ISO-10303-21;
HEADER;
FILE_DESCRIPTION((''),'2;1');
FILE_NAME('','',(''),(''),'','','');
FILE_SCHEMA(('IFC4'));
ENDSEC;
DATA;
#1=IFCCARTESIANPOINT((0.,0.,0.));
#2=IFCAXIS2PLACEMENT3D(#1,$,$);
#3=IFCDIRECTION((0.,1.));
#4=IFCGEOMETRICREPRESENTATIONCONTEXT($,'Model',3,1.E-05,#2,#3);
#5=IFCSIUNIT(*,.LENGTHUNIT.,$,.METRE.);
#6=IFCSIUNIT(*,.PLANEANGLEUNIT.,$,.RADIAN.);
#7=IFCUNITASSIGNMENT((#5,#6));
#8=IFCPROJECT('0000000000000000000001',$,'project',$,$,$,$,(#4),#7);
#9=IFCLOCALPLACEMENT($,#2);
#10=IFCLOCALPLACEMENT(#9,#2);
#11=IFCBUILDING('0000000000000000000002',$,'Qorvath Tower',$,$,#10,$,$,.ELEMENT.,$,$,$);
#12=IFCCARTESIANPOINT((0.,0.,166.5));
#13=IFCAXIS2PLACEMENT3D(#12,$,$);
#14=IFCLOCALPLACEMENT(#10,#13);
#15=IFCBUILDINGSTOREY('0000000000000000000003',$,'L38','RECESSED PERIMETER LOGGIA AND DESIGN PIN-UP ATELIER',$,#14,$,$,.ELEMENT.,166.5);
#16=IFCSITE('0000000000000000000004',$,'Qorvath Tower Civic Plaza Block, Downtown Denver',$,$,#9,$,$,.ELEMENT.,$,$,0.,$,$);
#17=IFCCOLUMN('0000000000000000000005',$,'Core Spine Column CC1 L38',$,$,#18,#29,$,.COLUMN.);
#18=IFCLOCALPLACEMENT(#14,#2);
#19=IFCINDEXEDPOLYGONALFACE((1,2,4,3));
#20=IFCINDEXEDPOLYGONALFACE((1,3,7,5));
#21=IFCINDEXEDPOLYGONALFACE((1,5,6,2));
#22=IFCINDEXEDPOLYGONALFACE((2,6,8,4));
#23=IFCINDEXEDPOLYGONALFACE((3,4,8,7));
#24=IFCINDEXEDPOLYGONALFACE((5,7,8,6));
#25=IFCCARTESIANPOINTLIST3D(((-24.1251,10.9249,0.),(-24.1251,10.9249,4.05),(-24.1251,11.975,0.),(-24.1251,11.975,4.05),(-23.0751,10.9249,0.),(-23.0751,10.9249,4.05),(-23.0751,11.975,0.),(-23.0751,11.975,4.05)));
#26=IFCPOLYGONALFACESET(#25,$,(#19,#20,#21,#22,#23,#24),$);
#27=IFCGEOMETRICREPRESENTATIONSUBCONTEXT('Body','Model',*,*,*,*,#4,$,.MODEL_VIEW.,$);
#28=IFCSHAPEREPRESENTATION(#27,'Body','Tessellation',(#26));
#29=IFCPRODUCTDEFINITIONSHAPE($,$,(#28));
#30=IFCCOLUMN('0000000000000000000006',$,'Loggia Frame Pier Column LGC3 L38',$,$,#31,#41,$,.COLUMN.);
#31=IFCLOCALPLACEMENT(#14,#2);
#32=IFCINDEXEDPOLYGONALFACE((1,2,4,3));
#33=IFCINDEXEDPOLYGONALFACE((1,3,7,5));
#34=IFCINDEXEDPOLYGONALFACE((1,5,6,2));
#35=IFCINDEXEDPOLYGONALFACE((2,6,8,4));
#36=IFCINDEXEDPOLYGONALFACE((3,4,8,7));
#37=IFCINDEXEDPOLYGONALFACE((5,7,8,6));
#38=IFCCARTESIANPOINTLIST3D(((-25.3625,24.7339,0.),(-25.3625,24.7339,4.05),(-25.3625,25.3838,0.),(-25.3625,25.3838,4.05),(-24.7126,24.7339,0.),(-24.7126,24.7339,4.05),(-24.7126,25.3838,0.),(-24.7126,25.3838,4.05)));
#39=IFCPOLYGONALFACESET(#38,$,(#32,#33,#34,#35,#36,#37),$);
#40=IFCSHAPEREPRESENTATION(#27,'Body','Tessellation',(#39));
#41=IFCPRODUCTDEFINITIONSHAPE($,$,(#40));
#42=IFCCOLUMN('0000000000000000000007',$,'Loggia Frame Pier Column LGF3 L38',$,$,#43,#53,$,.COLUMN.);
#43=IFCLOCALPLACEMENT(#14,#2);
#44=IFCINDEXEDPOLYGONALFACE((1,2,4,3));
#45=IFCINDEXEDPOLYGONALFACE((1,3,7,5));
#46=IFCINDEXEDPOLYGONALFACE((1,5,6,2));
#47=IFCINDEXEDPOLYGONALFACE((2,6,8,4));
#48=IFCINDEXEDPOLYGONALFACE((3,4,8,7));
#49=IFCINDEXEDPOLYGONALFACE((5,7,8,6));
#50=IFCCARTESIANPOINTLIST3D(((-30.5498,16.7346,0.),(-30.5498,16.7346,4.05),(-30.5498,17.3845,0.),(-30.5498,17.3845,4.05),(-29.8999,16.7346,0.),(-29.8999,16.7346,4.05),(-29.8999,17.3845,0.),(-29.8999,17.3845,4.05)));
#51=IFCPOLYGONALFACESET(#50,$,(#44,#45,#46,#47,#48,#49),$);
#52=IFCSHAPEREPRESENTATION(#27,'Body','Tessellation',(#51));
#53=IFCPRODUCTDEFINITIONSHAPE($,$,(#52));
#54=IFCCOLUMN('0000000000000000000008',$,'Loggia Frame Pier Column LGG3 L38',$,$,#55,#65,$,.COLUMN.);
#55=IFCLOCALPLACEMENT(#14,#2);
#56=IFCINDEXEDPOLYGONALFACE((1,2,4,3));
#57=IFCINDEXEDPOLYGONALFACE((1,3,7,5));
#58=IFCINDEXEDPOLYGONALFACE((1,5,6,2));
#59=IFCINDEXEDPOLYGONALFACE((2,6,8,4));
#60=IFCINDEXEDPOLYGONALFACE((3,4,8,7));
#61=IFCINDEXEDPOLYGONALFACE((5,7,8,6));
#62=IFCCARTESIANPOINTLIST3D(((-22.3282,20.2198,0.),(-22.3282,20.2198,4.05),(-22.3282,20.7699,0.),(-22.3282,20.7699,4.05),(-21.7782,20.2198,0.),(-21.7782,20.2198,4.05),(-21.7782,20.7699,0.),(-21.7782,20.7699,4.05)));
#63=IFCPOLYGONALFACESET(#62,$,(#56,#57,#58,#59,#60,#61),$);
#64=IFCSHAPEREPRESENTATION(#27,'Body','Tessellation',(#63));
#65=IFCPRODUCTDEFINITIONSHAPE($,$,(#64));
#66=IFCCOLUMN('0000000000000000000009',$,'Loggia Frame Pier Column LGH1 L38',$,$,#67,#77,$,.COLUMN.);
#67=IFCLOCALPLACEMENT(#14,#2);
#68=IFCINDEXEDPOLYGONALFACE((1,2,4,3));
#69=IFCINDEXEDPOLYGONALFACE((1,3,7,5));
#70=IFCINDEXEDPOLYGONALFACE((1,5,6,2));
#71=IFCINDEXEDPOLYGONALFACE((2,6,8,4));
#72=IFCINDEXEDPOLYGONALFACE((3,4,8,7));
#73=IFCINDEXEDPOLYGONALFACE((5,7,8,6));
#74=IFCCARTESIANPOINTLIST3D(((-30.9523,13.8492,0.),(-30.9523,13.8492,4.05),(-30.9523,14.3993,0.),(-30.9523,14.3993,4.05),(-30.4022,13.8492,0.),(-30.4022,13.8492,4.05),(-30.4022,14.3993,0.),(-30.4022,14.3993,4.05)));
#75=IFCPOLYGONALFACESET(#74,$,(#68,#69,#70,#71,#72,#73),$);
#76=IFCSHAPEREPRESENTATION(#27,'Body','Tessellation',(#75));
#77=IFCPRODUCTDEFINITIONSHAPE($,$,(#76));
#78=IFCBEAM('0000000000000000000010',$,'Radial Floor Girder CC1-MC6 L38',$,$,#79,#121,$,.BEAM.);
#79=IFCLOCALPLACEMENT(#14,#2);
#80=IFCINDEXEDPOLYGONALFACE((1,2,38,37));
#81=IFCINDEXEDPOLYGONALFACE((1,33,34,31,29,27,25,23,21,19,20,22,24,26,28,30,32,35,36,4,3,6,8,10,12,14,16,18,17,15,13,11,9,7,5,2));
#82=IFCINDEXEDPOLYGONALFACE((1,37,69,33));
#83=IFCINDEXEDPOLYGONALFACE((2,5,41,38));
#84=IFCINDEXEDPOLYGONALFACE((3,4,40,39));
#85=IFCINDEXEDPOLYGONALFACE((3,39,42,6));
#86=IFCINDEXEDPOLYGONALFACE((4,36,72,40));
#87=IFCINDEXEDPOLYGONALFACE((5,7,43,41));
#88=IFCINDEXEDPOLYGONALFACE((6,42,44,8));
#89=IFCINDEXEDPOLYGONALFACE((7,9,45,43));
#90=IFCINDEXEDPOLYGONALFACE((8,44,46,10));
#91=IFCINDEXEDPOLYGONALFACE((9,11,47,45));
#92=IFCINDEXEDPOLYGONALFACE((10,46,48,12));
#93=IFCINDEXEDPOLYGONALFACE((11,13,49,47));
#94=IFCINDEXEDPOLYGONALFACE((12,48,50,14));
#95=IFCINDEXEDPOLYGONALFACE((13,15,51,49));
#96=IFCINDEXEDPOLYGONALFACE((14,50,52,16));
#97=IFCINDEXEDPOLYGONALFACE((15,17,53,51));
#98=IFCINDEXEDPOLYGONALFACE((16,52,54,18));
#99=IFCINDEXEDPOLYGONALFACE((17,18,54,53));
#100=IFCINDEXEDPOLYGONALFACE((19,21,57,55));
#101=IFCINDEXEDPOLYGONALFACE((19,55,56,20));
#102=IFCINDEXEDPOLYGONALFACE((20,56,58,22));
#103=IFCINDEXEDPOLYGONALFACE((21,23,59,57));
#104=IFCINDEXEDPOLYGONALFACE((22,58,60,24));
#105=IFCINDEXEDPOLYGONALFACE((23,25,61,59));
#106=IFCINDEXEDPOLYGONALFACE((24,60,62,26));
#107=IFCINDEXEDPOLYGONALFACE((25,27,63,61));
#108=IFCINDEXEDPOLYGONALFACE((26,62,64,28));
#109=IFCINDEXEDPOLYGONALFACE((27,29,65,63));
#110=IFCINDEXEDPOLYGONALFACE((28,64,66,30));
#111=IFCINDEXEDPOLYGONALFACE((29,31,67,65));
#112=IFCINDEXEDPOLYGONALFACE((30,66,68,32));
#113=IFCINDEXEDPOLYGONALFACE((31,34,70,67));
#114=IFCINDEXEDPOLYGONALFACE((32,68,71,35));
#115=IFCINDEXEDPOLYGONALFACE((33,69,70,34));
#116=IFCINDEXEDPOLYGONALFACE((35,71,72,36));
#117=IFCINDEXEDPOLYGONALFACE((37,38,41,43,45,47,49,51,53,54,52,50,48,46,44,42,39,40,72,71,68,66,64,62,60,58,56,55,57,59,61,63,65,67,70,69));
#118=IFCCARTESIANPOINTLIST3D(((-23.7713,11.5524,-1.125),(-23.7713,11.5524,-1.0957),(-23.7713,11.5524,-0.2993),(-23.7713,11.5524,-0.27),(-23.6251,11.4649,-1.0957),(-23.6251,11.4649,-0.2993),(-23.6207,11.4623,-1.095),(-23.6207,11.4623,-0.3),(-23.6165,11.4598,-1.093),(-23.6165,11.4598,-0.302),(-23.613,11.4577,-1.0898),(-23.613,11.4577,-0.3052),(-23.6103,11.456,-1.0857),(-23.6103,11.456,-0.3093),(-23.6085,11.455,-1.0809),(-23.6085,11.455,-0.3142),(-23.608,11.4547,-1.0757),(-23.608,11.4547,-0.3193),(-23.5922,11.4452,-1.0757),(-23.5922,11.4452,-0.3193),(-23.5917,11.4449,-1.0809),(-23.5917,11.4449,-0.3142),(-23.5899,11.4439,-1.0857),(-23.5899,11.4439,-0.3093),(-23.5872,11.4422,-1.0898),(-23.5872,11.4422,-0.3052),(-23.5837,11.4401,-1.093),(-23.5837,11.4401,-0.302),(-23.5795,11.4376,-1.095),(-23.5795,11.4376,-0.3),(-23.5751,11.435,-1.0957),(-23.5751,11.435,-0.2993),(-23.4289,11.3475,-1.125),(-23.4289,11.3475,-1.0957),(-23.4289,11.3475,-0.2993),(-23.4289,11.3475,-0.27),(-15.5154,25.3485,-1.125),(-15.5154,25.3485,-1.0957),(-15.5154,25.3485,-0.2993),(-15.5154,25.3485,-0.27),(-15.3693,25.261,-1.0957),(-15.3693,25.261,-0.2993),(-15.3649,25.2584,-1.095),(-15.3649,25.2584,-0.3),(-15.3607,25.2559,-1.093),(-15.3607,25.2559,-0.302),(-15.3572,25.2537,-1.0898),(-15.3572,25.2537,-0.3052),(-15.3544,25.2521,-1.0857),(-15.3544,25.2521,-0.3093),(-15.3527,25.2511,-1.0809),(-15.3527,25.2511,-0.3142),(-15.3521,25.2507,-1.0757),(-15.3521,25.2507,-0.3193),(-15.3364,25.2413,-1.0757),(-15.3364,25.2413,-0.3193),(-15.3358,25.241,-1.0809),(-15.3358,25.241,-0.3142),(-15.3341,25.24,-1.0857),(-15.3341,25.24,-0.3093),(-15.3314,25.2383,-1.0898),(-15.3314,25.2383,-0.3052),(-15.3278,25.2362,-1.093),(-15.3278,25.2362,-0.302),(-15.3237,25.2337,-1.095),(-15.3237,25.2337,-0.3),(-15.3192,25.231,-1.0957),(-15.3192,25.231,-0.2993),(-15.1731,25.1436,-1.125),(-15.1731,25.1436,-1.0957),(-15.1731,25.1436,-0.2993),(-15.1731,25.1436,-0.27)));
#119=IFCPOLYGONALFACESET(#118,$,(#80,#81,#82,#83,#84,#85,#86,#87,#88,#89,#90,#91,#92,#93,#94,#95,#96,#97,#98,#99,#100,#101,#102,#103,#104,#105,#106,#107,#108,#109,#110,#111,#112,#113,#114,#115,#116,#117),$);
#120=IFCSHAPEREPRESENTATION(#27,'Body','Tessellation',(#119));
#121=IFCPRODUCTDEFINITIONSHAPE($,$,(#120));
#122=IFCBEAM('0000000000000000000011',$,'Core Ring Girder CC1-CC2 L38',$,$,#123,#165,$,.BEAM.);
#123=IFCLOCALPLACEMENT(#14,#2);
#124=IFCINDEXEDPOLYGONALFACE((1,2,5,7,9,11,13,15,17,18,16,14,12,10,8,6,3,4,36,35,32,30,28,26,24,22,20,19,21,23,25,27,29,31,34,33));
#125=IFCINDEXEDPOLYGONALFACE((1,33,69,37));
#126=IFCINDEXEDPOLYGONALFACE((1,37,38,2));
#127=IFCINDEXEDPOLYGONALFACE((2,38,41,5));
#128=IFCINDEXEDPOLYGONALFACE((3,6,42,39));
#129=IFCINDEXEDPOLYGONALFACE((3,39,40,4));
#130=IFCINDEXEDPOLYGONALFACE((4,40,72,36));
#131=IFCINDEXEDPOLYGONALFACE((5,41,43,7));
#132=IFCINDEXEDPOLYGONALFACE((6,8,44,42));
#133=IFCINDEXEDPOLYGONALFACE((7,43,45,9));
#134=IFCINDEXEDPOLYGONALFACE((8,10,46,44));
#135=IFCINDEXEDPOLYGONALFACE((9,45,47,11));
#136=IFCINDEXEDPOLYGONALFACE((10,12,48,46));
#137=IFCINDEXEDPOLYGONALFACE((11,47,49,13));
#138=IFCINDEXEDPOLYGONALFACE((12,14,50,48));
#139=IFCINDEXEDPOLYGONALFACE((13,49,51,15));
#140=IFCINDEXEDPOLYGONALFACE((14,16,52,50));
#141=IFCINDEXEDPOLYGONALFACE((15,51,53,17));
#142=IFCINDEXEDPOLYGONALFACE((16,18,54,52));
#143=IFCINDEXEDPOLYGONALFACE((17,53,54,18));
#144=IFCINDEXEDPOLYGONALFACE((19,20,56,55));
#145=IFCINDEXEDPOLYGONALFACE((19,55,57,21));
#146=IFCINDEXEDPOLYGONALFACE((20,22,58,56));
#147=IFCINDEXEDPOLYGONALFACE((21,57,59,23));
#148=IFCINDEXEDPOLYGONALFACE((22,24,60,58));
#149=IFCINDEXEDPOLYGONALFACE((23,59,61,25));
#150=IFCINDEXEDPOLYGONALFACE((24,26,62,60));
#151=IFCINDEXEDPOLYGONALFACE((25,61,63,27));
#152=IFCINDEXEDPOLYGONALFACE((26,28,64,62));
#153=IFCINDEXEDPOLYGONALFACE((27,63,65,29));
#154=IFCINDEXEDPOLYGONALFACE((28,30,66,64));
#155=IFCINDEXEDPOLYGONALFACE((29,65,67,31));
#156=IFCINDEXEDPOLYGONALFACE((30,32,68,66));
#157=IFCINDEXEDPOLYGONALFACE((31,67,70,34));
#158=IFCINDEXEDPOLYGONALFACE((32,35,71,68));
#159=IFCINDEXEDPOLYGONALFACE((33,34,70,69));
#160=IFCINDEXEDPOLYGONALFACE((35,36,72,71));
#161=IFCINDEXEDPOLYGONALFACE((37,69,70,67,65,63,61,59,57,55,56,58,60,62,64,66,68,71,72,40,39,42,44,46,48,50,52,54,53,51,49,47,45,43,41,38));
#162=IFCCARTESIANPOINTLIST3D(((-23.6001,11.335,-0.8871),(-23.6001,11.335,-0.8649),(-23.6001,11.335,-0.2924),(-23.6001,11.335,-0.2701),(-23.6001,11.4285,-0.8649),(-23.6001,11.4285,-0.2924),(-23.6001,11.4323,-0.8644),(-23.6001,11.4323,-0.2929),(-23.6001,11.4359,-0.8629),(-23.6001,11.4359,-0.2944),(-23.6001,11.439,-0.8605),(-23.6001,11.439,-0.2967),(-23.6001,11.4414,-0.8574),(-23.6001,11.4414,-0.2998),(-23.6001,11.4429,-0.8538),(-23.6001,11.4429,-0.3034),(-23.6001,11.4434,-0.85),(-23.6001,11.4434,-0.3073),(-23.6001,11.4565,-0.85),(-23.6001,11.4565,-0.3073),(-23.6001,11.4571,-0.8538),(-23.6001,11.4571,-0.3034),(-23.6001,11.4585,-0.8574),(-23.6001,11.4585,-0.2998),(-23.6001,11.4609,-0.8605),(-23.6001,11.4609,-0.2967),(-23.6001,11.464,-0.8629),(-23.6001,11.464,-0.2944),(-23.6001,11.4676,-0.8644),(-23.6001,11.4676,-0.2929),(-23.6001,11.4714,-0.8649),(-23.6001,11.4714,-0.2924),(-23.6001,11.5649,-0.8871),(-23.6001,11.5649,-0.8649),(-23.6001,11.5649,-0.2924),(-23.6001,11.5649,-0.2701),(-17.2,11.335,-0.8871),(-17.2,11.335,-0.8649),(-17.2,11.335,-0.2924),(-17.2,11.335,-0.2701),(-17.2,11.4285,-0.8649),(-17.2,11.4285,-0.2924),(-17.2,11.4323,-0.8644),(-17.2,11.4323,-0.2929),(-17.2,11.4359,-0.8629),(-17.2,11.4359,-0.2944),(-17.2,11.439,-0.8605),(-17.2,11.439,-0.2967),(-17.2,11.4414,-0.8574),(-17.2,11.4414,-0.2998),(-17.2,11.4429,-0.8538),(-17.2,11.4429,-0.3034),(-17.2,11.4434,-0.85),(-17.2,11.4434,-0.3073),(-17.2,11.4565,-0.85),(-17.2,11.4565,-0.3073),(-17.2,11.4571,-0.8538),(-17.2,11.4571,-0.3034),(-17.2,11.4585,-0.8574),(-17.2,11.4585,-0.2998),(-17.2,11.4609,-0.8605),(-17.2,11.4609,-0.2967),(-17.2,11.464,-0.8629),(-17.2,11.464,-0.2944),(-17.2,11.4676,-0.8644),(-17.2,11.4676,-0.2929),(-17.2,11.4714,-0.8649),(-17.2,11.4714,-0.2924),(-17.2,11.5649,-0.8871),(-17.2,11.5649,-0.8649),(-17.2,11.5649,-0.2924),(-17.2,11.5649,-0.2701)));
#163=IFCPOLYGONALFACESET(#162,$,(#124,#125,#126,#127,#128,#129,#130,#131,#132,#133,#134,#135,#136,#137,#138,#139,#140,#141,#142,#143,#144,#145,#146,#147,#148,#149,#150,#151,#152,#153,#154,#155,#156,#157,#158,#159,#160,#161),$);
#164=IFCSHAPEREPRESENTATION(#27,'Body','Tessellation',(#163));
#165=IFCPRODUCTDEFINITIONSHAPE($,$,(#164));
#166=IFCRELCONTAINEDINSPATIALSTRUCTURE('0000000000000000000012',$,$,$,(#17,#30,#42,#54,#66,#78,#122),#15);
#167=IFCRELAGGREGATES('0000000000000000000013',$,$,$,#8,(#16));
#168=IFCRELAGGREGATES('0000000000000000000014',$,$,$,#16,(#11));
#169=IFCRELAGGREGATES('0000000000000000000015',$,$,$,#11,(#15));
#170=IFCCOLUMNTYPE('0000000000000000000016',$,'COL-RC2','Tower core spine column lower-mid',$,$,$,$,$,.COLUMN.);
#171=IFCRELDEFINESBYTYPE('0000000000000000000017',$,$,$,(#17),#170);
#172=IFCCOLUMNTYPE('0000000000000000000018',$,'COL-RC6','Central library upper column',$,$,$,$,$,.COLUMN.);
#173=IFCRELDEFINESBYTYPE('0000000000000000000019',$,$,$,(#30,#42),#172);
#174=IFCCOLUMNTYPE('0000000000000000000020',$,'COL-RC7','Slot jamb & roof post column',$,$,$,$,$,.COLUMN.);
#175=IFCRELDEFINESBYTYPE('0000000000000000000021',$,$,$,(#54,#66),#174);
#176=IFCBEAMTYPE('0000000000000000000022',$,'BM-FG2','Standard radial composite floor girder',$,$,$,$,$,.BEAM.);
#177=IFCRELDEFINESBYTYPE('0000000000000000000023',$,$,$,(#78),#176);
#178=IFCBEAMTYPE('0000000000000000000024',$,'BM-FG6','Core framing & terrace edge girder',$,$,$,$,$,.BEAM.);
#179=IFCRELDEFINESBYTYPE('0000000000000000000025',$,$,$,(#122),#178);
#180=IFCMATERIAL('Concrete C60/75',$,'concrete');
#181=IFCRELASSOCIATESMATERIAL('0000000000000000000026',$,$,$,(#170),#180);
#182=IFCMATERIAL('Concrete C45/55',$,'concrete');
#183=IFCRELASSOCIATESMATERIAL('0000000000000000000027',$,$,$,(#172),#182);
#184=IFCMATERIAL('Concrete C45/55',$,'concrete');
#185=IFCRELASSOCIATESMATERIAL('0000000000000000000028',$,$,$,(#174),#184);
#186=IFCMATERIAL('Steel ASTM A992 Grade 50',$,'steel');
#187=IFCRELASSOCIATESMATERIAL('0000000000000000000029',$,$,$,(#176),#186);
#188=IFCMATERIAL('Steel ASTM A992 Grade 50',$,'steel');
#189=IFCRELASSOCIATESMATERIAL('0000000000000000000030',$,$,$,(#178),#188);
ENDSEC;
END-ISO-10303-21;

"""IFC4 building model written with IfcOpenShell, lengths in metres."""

from ifc_helpers import new_model, si_unit, direction, frame, origin, origin_2d, place, context, subcontext, project, spatial, rectangle, i_section, extrude, material, material_profile, profile_set, type_object, element, save


model = new_model("IFC4")

# Units and contexts
model_context = context("Model", 3, precision=1e-05, world=origin(), true_north=direction((0.0, 1.0)))
body_context = subcontext(model_context, "Body", "Model", "MODEL_VIEW")
ifc_project = project(units=[si_unit("LENGTHUNIT", "METRE"), si_unit("PLANEANGLEUNIT", "RADIAN")], contexts=[model_context])

# Site, building, storey
site_placement = place(None, origin())
site = spatial("IfcSite", under=ifc_project, at=site_placement, Name="Qorvath Tower Civic Plaza Block, Downtown Denver", CompositionType="ELEMENT", RefElevation=0.0)
building_placement = place(site_placement, origin())
building = spatial("IfcBuilding", under=site, at=building_placement, Name="Qorvath Tower", CompositionType="ELEMENT")
storey_placement = place(building_placement, frame((0.0, 0.0, 166.5)))
storey = spatial("IfcBuildingStorey", under=building, at=storey_placement, Name="L38", Description="RECESSED PERIMETER LOGGIA AND DESIGN PIN-UP ATELIER", CompositionType="ELEMENT", Elevation=166.5)

# Columns
ifc_material_1 = material(Name="Concrete C60/75", Category="concrete")
ifc_material_profile_1 = material_profile(ifc_material_1, rectangle(XDim=1.05, YDim=1.05, at=origin_2d()), Name="RC 1050x1050")
ifc_profile_set_1 = profile_set([ifc_material_profile_1], Name="Concrete C60/75")
column_type_1 = type_object("IfcColumnType", Name="COL-RC2", Description="Tower core spine column lower-mid", PredefinedType="COLUMN", material=ifc_profile_set_1)
column_placement = place(storey_placement, frame((-23.6001, 11.45, 0.0), z_axis=(0.0, 0.0, 1.0), x_axis=(1.0, 0.0, 0.0)))
element("IfcColumn", 1, at=column_placement, inside=storey, type_object=column_type_1, Name="Core Spine Column CC1 L38", PredefinedType="COLUMN", context=body_context, shape_type="SweptSolid", body=[
    extrude(rectangle(XDim=1.05, YDim=1.05, at=origin_2d()), origin(), (0.0, 0.0, 1.0), 4.05),
])
ifc_material_2 = material(Name="Concrete C45/55", Category="concrete")
ifc_material_profile_2 = material_profile(ifc_material_2, rectangle(XDim=0.6499, YDim=0.6499, at=origin_2d()), Name="RC 650x650")
ifc_profile_set_2 = profile_set([ifc_material_profile_2], Name="Concrete C45/55")
column_type_2 = type_object("IfcColumnType", Name="COL-RC6", Description="Central library upper column", PredefinedType="COLUMN", material=ifc_profile_set_2)
for number, where, z_axis, x_axis, name in (
    (2, (-25.0376, 25.0588, 0.0), (0.0, 0.0, 1.0), (1.0, 0.0, 0.0), "Loggia Frame Pier Column LGC3 L38"),
    (3, (-30.2249, 17.0596, 0.0), (0.0, 0.0, 1.0), (1.0, 0.0, 0.0), "Loggia Frame Pier Column LGF3 L38"),
):
    element("IfcColumn", number, at=place(storey_placement, frame(where, z_axis=z_axis, x_axis=x_axis)), inside=storey, type_object=column_type_2, Name=name, PredefinedType="COLUMN", context=body_context, shape_type="SweptSolid", body=[
        extrude(rectangle(XDim=0.6499, YDim=0.6499, at=origin_2d()), origin(), (0.0, 0.0, 1.0), 4.05),
    ])
ifc_material_3 = material(Name="Concrete C45/55", Category="concrete")
ifc_material_profile_3 = material_profile(ifc_material_3, rectangle(XDim=0.55, YDim=0.55, at=origin_2d()), Name="RC 550x550")
ifc_profile_set_3 = profile_set([ifc_material_profile_3], Name="Concrete C45/55")
column_type_3 = type_object("IfcColumnType", Name="COL-RC7", Description="Slot jamb & roof post column", PredefinedType="COLUMN", material=ifc_profile_set_3)
for number, where, z_axis, x_axis, name in (
    (4, (-22.0532, 20.4949, 0.0), (0.0, 0.0, 1.0), (1.0, 0.0, 0.0), "Loggia Frame Pier Column LGG3 L38"),
    (5, (-30.6772, 14.1243, 0.0), (0.0, 0.0, 1.0), (1.0, 0.0, 0.0), "Loggia Frame Pier Column LGH1 L38"),
):
    element("IfcColumn", number, at=place(storey_placement, frame(where, z_axis=z_axis, x_axis=x_axis)), inside=storey, type_object=column_type_3, Name=name, PredefinedType="COLUMN", context=body_context, shape_type="SweptSolid", body=[
        extrude(rectangle(XDim=0.55, YDim=0.55, at=origin_2d()), origin(), (0.0, 0.0, 1.0), 4.05),
    ])

# Beams
ifc_material_4 = material(Name="Steel ASTM A992 Grade 50", Category="steel")
ifc_material_profile_4 = material_profile(ifc_material_4, i_section(OverallWidth=0.3989, OverallDepth=0.855, WebThickness=0.0183, FlangeThickness=0.0293, FilletRadius=0.02, at=origin_2d()), Name="W33x201")
ifc_profile_set_4 = profile_set([ifc_material_profile_4], Name="Steel ASTM A992 Grade 50")
beam_type_1 = type_object("IfcBeamType", Name="BM-FG2", Description="Standard radial composite floor girder", PredefinedType="BEAM", material=ifc_profile_set_4)
beam_1_placement = place(storey_placement, frame((-23.6001, 11.45, -0.6975), z_axis=(0.513497, 0.858091, 0.0), x_axis=(-0.858091, 0.513497, 0.0)))
element("IfcBeam", 6, at=beam_1_placement, inside=storey, type_object=beam_type_1, Name="Radial Floor Girder CC1-MC6 L38", PredefinedType="BEAM", context=body_context, shape_type="SweptSolid", body=[
    extrude(i_section(OverallWidth=0.3989, OverallDepth=0.855, WebThickness=0.0183, FlangeThickness=0.0293, FilletRadius=0.02, at=origin_2d()), origin(), (0.0, 0.0, 1.0), 16.0776),
])
ifc_material_5 = material(Name="Steel ASTM A992 Grade 50", Category="steel")
ifc_material_profile_5 = material_profile(ifc_material_5, i_section(OverallWidth=0.23, OverallDepth=0.6169, WebThickness=0.0132, FlangeThickness=0.0222, FilletRadius=0.0149, at=origin_2d()), Name="W24x94")
ifc_profile_set_5 = profile_set([ifc_material_profile_5], Name="Steel ASTM A992 Grade 50")
beam_type_2 = type_object("IfcBeamType", Name="BM-FG6", Description="Core framing & terrace edge girder", PredefinedType="BEAM", material=ifc_profile_set_5)
beam_2_placement = place(storey_placement, frame((-23.6001, 11.45, -0.5786), z_axis=(1.0, 0.0, 0.0), x_axis=(0.0, 1.0, 0.0)))
element("IfcBeam", 7, at=beam_2_placement, inside=storey, type_object=beam_type_2, Name="Core Ring Girder CC1-CC2 L38", PredefinedType="BEAM", context=body_context, shape_type="SweptSolid", body=[
    extrude(i_section(OverallWidth=0.23, OverallDepth=0.6169, WebThickness=0.0132, FlangeThickness=0.0222, FilletRadius=0.0149, at=origin_2d()), origin(), (0.0, 0.0, 1.0), 6.4001),
])

save(model, "model.ifc")
